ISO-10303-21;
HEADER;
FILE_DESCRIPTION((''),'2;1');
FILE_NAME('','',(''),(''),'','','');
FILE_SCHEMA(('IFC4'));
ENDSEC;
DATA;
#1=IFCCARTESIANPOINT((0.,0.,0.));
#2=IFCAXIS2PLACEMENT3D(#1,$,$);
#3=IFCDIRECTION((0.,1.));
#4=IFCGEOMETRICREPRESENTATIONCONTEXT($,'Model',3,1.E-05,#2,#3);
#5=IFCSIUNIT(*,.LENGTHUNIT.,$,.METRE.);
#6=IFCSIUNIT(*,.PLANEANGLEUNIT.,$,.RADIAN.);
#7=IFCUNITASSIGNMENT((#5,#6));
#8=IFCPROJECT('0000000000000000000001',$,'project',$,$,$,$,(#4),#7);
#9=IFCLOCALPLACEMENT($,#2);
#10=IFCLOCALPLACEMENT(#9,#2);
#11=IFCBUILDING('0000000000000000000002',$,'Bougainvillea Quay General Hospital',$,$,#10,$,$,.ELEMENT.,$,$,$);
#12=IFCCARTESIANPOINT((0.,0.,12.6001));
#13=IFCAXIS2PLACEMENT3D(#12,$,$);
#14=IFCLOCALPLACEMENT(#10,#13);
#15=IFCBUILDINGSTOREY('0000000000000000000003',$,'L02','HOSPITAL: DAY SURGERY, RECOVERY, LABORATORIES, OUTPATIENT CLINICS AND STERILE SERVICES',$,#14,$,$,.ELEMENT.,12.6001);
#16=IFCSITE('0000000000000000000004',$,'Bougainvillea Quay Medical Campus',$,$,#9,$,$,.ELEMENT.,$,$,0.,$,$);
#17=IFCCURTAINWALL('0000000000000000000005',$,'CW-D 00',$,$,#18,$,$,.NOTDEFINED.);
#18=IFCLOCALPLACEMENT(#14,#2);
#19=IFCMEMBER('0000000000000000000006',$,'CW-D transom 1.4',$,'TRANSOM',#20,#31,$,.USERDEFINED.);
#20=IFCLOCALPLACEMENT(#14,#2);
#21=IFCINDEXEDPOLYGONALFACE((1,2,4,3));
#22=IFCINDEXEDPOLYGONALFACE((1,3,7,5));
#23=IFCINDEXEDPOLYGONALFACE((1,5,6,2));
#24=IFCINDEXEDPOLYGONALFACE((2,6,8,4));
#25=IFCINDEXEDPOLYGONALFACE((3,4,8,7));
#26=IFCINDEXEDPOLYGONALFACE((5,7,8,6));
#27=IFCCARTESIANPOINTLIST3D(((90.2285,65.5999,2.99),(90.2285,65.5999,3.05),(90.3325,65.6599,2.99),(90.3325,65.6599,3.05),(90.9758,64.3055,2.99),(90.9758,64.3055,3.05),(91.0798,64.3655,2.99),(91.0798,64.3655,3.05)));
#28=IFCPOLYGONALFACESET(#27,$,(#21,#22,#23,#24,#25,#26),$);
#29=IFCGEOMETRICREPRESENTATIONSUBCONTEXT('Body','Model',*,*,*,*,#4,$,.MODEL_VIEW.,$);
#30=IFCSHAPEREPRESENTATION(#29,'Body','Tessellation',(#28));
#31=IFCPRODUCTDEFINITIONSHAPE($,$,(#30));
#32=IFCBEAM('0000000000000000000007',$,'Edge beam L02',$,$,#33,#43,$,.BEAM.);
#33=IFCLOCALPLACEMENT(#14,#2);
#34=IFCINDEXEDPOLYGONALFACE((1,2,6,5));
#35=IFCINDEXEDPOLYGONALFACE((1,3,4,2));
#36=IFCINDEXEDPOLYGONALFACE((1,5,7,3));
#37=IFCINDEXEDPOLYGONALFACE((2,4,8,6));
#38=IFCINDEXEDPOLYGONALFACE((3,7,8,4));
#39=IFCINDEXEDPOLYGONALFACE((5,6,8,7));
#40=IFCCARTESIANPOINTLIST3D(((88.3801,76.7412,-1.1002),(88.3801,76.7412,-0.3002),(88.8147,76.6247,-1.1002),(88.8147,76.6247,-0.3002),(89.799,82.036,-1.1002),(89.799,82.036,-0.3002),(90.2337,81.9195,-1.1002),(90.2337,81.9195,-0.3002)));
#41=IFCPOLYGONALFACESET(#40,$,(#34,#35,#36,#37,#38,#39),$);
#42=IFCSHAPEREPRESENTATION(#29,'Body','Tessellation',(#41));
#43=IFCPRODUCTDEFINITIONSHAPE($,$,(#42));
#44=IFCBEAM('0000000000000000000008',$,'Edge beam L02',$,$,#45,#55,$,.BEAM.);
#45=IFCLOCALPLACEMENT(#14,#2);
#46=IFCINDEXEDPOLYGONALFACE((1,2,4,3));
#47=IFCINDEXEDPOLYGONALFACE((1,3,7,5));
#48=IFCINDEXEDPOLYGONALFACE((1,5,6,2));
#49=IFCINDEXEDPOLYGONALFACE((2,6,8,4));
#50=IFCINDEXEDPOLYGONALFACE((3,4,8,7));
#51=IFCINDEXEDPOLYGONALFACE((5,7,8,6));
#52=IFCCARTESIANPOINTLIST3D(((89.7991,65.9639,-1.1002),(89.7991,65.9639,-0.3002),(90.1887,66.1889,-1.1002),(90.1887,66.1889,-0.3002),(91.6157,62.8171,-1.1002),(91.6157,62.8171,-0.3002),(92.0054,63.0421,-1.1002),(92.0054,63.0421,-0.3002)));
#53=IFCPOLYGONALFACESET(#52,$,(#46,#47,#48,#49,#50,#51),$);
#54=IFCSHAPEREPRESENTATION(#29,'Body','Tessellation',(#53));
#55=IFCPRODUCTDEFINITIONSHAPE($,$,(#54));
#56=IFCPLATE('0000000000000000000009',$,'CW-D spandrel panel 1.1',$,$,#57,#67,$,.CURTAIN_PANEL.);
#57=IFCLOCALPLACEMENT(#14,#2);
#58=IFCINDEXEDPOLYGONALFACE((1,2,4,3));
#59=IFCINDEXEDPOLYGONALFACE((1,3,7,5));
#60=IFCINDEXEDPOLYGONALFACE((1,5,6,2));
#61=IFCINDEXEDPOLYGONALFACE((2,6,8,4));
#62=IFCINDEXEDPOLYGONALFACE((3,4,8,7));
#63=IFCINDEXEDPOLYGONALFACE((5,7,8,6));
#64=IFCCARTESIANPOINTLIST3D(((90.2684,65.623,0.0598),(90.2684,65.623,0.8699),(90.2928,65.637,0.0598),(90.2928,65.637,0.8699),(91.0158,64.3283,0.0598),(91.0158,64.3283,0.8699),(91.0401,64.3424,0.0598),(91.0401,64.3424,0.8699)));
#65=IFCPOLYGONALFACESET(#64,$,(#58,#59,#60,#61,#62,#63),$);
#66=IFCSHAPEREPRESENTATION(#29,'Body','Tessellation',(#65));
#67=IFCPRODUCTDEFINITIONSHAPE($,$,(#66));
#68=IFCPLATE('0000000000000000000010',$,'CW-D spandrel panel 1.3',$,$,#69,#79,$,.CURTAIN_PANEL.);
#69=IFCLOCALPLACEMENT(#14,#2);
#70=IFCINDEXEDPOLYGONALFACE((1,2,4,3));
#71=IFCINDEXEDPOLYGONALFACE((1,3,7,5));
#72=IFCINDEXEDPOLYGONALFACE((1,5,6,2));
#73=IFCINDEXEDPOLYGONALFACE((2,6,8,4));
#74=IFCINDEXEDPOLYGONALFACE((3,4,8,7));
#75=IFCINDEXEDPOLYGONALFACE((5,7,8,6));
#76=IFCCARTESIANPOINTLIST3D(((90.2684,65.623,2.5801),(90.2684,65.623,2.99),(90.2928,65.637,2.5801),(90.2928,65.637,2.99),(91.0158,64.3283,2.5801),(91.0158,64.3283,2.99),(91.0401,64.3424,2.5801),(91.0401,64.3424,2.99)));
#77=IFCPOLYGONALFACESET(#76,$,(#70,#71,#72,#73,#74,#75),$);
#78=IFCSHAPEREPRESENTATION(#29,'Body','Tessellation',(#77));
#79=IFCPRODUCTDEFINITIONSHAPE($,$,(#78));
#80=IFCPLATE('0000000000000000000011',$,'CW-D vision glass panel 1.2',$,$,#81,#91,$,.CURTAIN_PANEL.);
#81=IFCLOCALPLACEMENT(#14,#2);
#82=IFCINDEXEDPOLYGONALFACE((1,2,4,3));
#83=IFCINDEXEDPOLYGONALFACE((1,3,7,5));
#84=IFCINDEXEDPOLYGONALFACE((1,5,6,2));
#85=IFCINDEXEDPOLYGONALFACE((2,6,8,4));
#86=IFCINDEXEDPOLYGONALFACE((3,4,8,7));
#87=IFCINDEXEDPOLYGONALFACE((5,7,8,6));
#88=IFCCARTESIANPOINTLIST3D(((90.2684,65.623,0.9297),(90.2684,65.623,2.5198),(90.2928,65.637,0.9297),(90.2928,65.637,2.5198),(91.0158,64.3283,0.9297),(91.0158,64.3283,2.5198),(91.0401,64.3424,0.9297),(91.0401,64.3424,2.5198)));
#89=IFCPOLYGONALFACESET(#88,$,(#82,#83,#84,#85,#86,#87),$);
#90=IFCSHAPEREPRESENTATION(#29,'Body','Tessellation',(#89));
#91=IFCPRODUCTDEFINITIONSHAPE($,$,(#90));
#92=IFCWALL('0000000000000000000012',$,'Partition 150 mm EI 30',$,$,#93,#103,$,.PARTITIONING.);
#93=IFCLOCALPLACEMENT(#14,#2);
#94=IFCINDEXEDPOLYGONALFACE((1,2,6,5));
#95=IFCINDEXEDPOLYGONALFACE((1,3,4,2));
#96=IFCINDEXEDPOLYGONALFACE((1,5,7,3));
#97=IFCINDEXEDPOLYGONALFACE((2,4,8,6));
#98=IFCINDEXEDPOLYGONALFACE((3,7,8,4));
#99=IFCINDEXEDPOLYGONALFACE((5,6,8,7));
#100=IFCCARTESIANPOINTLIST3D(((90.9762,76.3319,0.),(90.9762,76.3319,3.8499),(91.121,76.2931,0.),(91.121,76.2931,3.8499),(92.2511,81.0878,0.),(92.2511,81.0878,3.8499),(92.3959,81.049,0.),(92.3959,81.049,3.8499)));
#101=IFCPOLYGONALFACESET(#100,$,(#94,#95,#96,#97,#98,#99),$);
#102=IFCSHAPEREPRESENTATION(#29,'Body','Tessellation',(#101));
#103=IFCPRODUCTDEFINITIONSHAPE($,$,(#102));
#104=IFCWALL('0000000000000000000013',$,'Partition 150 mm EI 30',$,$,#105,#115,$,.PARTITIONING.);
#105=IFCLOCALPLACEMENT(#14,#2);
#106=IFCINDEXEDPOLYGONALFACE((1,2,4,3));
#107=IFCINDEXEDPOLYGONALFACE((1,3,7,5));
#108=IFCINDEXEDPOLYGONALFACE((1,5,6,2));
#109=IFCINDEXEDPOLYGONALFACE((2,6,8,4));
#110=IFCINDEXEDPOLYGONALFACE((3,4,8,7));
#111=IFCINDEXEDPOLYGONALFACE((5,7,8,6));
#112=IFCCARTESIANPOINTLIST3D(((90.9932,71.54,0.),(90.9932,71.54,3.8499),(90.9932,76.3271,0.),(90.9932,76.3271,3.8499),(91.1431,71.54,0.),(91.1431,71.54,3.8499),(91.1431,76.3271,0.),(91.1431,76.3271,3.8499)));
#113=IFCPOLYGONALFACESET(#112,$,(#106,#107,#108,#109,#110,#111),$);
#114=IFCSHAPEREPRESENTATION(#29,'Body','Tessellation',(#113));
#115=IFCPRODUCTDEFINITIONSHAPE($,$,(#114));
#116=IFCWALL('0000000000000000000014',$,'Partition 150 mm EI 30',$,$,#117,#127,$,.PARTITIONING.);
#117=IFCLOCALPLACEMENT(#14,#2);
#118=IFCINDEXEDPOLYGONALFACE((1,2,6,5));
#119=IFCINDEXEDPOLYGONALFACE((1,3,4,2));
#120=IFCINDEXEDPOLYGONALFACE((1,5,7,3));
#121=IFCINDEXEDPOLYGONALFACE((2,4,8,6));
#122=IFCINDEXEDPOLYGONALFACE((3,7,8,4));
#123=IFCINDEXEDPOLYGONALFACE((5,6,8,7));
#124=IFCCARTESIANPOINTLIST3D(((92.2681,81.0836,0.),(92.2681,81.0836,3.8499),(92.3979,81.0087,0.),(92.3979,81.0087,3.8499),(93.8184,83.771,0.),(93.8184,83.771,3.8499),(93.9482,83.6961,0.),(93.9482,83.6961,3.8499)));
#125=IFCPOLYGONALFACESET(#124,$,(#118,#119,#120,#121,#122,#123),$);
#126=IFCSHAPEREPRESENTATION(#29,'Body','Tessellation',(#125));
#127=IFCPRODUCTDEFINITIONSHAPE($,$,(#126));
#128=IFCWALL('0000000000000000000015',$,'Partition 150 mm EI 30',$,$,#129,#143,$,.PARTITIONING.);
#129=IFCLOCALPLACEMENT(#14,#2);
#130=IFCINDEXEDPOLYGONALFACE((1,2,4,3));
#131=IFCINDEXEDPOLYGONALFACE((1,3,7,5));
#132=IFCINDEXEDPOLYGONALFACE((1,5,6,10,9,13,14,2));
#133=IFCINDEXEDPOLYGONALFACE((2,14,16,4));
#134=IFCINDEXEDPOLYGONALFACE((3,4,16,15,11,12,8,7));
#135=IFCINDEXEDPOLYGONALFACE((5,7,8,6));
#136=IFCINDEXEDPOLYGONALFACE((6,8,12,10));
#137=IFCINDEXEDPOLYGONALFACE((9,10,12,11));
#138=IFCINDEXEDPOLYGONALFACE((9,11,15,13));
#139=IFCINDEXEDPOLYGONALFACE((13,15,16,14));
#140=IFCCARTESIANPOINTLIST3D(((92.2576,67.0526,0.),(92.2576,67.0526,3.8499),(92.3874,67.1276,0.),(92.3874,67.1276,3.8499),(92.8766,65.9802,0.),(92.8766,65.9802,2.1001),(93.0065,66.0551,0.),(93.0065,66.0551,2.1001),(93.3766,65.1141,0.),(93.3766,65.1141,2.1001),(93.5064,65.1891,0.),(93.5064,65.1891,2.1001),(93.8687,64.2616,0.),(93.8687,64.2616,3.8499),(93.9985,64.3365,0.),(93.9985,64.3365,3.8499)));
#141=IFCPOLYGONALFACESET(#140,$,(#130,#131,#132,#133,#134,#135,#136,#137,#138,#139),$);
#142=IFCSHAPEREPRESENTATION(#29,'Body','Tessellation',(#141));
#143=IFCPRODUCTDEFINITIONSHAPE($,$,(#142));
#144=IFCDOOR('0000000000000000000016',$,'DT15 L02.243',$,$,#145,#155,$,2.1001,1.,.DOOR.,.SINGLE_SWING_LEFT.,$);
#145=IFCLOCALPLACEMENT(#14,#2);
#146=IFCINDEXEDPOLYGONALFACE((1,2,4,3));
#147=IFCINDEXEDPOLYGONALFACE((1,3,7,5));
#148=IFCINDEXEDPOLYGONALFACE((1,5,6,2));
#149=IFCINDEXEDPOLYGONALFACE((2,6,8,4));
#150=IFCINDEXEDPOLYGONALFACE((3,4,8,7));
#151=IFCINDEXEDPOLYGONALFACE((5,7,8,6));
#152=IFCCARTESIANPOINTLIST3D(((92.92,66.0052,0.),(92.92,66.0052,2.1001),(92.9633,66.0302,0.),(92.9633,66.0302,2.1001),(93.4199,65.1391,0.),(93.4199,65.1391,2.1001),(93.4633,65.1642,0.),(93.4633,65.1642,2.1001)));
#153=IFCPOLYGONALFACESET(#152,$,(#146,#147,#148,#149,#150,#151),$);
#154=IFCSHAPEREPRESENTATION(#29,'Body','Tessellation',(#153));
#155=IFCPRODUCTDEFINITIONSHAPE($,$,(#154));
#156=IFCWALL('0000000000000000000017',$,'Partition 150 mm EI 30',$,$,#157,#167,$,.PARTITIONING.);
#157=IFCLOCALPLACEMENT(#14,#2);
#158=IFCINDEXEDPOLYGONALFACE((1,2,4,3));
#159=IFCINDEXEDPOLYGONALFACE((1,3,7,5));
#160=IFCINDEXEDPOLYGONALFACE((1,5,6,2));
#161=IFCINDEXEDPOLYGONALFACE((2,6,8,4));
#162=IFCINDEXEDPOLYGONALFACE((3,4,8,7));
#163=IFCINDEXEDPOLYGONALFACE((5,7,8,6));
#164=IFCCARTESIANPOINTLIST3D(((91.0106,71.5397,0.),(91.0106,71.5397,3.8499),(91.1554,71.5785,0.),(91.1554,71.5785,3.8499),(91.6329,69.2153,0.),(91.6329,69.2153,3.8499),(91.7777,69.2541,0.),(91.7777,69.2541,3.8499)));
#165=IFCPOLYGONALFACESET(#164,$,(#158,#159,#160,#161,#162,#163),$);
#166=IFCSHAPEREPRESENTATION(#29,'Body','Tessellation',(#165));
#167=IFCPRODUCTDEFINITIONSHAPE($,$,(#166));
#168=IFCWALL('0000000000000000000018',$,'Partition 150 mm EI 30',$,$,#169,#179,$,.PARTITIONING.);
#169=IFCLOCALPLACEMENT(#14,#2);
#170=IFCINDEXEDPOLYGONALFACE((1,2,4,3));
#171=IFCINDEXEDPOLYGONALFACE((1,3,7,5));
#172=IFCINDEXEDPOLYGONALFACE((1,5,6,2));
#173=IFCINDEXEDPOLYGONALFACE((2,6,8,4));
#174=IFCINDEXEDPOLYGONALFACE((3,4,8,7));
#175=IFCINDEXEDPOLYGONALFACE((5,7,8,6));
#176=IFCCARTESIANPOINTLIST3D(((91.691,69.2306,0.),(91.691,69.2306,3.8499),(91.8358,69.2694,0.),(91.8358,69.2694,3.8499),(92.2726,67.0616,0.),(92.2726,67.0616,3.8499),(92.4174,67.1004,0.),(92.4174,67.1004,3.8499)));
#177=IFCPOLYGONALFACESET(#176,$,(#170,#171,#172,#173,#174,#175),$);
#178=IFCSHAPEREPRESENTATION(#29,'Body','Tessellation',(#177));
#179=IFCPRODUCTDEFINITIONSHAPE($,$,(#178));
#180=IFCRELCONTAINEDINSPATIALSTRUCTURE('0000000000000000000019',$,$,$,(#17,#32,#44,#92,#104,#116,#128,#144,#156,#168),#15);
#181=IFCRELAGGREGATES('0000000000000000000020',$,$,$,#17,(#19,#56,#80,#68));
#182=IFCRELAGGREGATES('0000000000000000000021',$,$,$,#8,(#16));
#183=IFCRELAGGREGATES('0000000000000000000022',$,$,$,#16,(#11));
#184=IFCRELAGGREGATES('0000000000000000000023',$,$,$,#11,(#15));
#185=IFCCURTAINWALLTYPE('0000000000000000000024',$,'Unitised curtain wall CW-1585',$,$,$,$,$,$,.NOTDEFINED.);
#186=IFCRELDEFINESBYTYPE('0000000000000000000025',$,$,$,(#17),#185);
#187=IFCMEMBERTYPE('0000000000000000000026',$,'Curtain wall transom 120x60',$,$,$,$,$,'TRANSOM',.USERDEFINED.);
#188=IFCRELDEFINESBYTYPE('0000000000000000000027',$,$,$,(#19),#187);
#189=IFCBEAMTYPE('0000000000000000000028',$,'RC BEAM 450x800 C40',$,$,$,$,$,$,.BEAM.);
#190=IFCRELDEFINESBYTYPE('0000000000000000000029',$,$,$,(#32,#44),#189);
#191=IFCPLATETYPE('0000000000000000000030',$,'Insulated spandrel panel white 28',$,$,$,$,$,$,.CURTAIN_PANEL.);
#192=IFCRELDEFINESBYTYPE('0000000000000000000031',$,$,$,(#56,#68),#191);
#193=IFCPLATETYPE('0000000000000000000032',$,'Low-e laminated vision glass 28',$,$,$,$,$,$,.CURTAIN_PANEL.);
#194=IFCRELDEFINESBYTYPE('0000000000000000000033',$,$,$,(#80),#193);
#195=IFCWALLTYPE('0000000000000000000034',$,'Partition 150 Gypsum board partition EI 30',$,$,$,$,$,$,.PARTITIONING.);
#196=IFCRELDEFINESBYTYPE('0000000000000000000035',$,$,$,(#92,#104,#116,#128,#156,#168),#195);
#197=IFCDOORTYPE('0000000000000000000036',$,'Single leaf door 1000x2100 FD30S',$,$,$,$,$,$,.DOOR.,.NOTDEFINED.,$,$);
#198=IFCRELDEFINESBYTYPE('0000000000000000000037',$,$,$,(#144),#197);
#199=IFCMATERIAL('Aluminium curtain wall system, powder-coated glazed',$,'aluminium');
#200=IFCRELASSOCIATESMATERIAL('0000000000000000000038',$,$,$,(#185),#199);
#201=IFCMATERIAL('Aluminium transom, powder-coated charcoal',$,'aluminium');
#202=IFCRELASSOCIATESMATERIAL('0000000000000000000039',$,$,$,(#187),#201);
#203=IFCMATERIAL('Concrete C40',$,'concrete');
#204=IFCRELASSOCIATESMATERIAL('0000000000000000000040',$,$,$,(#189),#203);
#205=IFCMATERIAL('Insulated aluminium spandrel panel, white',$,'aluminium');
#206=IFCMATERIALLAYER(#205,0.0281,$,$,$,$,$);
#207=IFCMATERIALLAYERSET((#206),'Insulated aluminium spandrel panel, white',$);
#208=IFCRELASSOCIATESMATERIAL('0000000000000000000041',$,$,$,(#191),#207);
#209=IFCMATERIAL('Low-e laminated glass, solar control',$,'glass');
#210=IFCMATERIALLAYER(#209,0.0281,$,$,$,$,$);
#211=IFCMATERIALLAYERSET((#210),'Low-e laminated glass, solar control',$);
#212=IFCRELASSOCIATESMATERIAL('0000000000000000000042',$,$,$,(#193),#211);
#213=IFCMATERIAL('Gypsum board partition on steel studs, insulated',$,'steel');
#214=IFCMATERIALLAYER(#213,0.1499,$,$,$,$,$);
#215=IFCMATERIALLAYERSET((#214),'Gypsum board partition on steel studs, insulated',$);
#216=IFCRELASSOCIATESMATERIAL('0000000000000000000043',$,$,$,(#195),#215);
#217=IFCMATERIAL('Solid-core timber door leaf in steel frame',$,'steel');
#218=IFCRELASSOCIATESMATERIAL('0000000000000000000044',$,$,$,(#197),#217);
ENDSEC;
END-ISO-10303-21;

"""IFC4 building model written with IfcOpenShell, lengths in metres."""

from ifc_helpers import new_model, si_unit, direction, frame, frame_2d, origin, origin_2d, place, context, subcontext, project, spatial, rectangle, extrude, material, layer, layer_set, material_profile, profile_set, type_object, element, fill, aggregate, save


model = new_model("IFC4")

# Units and contexts
model_context = context("Model", 3, precision=1e-05, world=origin(), true_north=direction((0.0, 1.0)))
body_context = subcontext(model_context, "Body", "Model", "MODEL_VIEW")
ifc_project = project(units=[si_unit("LENGTHUNIT", "METRE"), si_unit("PLANEANGLEUNIT", "RADIAN")], contexts=[model_context])

# Site, building, storey
site_placement = place(None, origin())
site = spatial("IfcSite", under=ifc_project, at=site_placement, Name="Bougainvillea Quay Medical Campus", CompositionType="ELEMENT", RefElevation=0.0)
building_placement = place(site_placement, origin())
building = spatial("IfcBuilding", under=site, at=building_placement, Name="Bougainvillea Quay General Hospital", CompositionType="ELEMENT")
storey_placement = place(building_placement, frame((0.0, 0.0, 12.6001)))
storey = spatial("IfcBuildingStorey", under=building, at=storey_placement, Name="L02", Description="HOSPITAL: DAY SURGERY, RECOVERY, LABORATORIES, OUTPATIENT CLINICS AND STERILE SERVICES", CompositionType="ELEMENT", Elevation=12.6001)

# Shared definitions
ifc_material_1 = material(Name="Concrete C40", Category="concrete")

# Curtain wall
ifc_material_2 = material(Name="Aluminium curtain wall system, powder-coated glazed", Category="aluminium")
curtain_wall_type_1 = type_object("IfcCurtainWallType", Name="Unitised curtain wall CW-1585", PredefinedType="NOTDEFINED", material=ifc_material_2)
curtain_wall_1_placement = place(storey_placement, origin())
curtain_wall_1 = element("IfcCurtainWall", 1, at=curtain_wall_1_placement, inside=storey, type_object=curtain_wall_type_1, Name="CW-D 00", PredefinedType="NOTDEFINED")

# Member
ifc_material_3 = material(Name="Aluminium transom, powder-coated charcoal", Category="aluminium")
ifc_material_profile_1 = material_profile(ifc_material_3, rectangle(XDim=0.1201, YDim=0.0601, at=origin_2d()))
ifc_profile_set_1 = profile_set([ifc_material_profile_1], Name="Aluminium transom, powder-coated charcoal")
member_type_1 = type_object("IfcMemberType", Name="Curtain wall transom 120x60", ElementType="TRANSOM", PredefinedType="USERDEFINED", material=ifc_profile_set_1)
member_1_placement = place(storey_placement, frame((90.2805, 65.6299, 3.02), z_axis=(0.499986, -0.866033, 0.0), x_axis=(0.866033, 0.499986, 0.0)))
member_1 = element("IfcMember", 2, at=member_1_placement, type_object=member_type_1, Name="CW-D transom 1.4", ObjectType="TRANSOM", PredefinedType="USERDEFINED", context=body_context, shape_type="SweptSolid", body=[
    extrude(rectangle(XDim=0.1201, YDim=0.0601, at=origin_2d()), origin(), (0.0, 0.0, 1.0), 1.4946),
])

# Beams
ifc_material_profile_2 = material_profile(ifc_material_1, rectangle(XDim=0.45, YDim=0.8, at=origin_2d()))
ifc_profile_set_2 = profile_set([ifc_material_profile_2], Name="Concrete C40")
beam_type = type_object("IfcBeamType", Name="RC BEAM 450x800 C40", PredefinedType="BEAM", material=ifc_profile_set_2)
beam_1_placement = place(storey_placement, frame((90.0164, 81.9778, -0.7002), z_axis=(-0.258849, -0.965918, 0.0), x_axis=(0.965918, -0.258849, 0.0)))
element("IfcBeam", 3, at=beam_1_placement, inside=storey, type_object=beam_type, Name="Edge beam L02", PredefinedType="BEAM", context=body_context, shape_type="SweptSolid", body=[
    extrude(rectangle(XDim=0.45, YDim=0.8, at=origin_2d()), origin(), (0.0, 0.0, 1.0), 5.4817),
])
beam_2_placement = place(storey_placement, frame((89.9939, 66.0764, -0.7002), z_axis=(0.499976, -0.866039, 0.0), x_axis=(0.866039, 0.499976, 0.0)))
element("IfcBeam", 4, at=beam_2_placement, inside=storey, type_object=beam_type, Name="Edge beam L02", PredefinedType="BEAM", context=body_context, shape_type="SweptSolid", body=[
    extrude(rectangle(XDim=0.45, YDim=0.8, at=origin_2d()), origin(), (0.0, 0.0, 1.0), 3.6335),
])

# Plates
ifc_material_4 = material(Name="Insulated aluminium spandrel panel, white", Category="aluminium")
ifc_layer_1 = layer(ifc_material_4, 0.0281)
ifc_layer_set_1 = layer_set([ifc_layer_1], Name="Insulated aluminium spandrel panel, white")
plate_type_1 = type_object("IfcPlateType", Name="Insulated spandrel panel white 28", PredefinedType="CURTAIN_PANEL", material=ifc_layer_set_1)
plate_1_placement = place(storey_placement, frame((90.6543, 64.9827, 0.0598), z_axis=(0.0, 0.0, 1.0), x_axis=(0.499965, -0.866046, 0.0)))
plate_1 = element("IfcPlate", 5, at=plate_1_placement, type_object=plate_type_1, Name="CW-D spandrel panel 1.1", PredefinedType="CURTAIN_PANEL", context=body_context, shape_type="SweptSolid", body=[
    extrude(rectangle(XDim=1.4949, YDim=0.0281, at=origin_2d()), origin(), (0.0, 0.0, 1.0), 0.8101),
])
plate_2_placement = place(storey_placement, frame((90.6543, 64.9827, 2.5801), z_axis=(0.0, 0.0, 1.0), x_axis=(0.499965, -0.866046, 0.0)))
plate_2 = element("IfcPlate", 6, at=plate_2_placement, type_object=plate_type_1, Name="CW-D spandrel panel 1.3", PredefinedType="CURTAIN_PANEL", context=body_context, shape_type="SweptSolid", body=[
    extrude(rectangle(XDim=1.4949, YDim=0.0281, at=origin_2d()), origin(), (0.0, 0.0, 1.0), 0.4099),
])
ifc_material_5 = material(Name="Low-e laminated glass, solar control", Category="glass")
ifc_layer_2 = layer(ifc_material_5, 0.0281)
ifc_layer_set_2 = layer_set([ifc_layer_2], Name="Low-e laminated glass, solar control")
plate_type_2 = type_object("IfcPlateType", Name="Low-e laminated vision glass 28", PredefinedType="CURTAIN_PANEL", material=ifc_layer_set_2)
plate_3_placement = place(storey_placement, frame((90.6543, 64.9827, 0.9297), z_axis=(0.0, 0.0, 1.0), x_axis=(0.499965, -0.866046, 0.0)))
plate_3 = element("IfcPlate", 7, at=plate_3_placement, type_object=plate_type_2, Name="CW-D vision glass panel 1.2", PredefinedType="CURTAIN_PANEL", context=body_context, shape_type="SweptSolid", body=[
    extrude(rectangle(XDim=1.4949, YDim=0.0281, at=origin_2d()), origin(), (0.0, 0.0, 1.0), 1.5901),
])
aggregate(curtain_wall_1, [member_1, plate_1, plate_3, plate_2])

# Walls
ifc_material_6 = material(Name="Gypsum board partition on steel studs, insulated", Category="steel")
ifc_layer_3 = layer(ifc_material_6, 0.1499)
ifc_layer_set_3 = layer_set([ifc_layer_3], Name="Gypsum board partition on steel studs, insulated")
wall_type_1 = type_object("IfcWallType", Name="Partition 150 Gypsum board partition EI 30", PredefinedType="PARTITIONING", material=ifc_layer_set_3)
wall_1_placement = place(storey_placement, frame((91.0486, 76.3125, 0.0), z_axis=(0.0, 0.0, 1.0), x_axis=(0.258928, 0.965897, 0.0)))
element("IfcWall", 8, at=wall_1_placement, inside=storey, type_object=wall_type_1, Name="Partition 150 mm EI 30", PredefinedType="PARTITIONING", context=body_context, shape_type="SweptSolid", body=[
    extrude(rectangle(XDim=4.9238, YDim=0.1499, at=frame_2d((2.4619, 0.0))), origin(), (0.0, 0.0, 1.0), 3.8499),
])
wall_2_placement = place(storey_placement, frame((91.0681, 71.54, 0.0), z_axis=(0.0, 0.0, 1.0), x_axis=(0.0, 1.0, 0.0)))
element("IfcWall", 9, at=wall_2_placement, inside=storey, type_object=wall_type_1, Name="Partition 150 mm EI 30", PredefinedType="PARTITIONING", context=body_context, shape_type="SweptSolid", body=[
    extrude(rectangle(XDim=4.7871, YDim=0.1499, at=frame_2d((2.3936, 0.0))), origin(), (0.0, 0.0, 1.0), 3.8499),
])
wall_3_placement = place(storey_placement, frame((92.333, 81.0461, 0.0), z_axis=(0.0, 0.0, 1.0), x_axis=(0.499677, 0.866212, 0.0)))
element("IfcWall", 10, at=wall_3_placement, inside=storey, type_object=wall_type_1, Name="Partition 150 mm EI 30", PredefinedType="PARTITIONING", context=body_context, shape_type="SweptSolid", body=[
    extrude(rectangle(XDim=3.1025, YDim=0.1499, at=frame_2d((1.5513, 0.0))), origin(), (0.0, 0.0, 1.0), 3.8499),
])

# Wall, opening, door
wall_4_placement = place(storey_placement, frame((92.3225, 67.0901, 0.0), z_axis=(0.0, 0.0, 1.0), x_axis=(0.499928, -0.866067, 0.0)))
wall_4 = element("IfcWall", 11, at=wall_4_placement, inside=storey, type_object=wall_type_1, Name="Partition 150 mm EI 30", PredefinedType="PARTITIONING", context=body_context, shape_type="SweptSolid", body=[
    extrude(rectangle(XDim=3.2227, YDim=0.1499, at=frame_2d((1.6113, 0.0))), origin(), (0.0, 0.0, 1.0), 3.8499),
])
opening_placement = place(wall_4_placement, frame((1.2383, 0.0, 0.0)))
opening = element("IfcOpeningElement", 12, at=opening_placement, cuts=wall_4, PredefinedType="OPENING", context=body_context, shape_type="SweptSolid", body=[
    extrude(rectangle(XDim=1.0, YDim=2.1001, at=frame_2d((0.5, 1.05))), frame((0.0, 0.085, 0.0), z_axis=(0.0, -1.0, 0.0), x_axis=(1.0, 0.0, 0.0)), (0.0, 0.0, 1.0), 0.1699),
])
ifc_material_7 = material(Name="Solid-core timber door leaf in steel frame", Category="steel")
door_type = type_object("IfcDoorType", Name="Single leaf door 1000x2100 FD30S", OperationType="NOTDEFINED", PredefinedType="DOOR", material=ifc_material_7)
door_placement = place(opening_placement, frame((1.0, 0.0, 0.0), z_axis=(0.0, 0.0, 1.0), x_axis=(-1.0, 0.0, 0.0)))
door = element("IfcDoor", 13, at=door_placement, inside=storey, type_object=door_type, Name="DT15 L02.243", OperationType="SINGLE_SWING_LEFT", OverallHeight=2.1001, OverallWidth=1.0, PredefinedType="DOOR", context=body_context, shape_type="SweptSolid", body=[
    extrude(rectangle(XDim=1.0, YDim=2.1001, at=frame_2d((0.5, 1.05))), frame((0.0, 0.0249, 0.0), z_axis=(0.0, -1.0, 0.0), x_axis=(1.0, 0.0, 0.0)), (0.0, 0.0, 1.0), 0.05),
])
fill(opening, door)

# Walls
wall_5_placement = place(storey_placement, frame((91.083, 71.5591, 0.0), z_axis=(0.0, 0.0, 1.0), x_axis=(0.258616, -0.96598, 0.0)))
element("IfcWall", 14, at=wall_5_placement, inside=storey, type_object=wall_type_1, Name="Partition 150 mm EI 30", PredefinedType="PARTITIONING", context=body_context, shape_type="SweptSolid", body=[
    extrude(rectangle(XDim=2.4062, YDim=0.1499, at=frame_2d((1.2031, 0.0))), origin(), (0.0, 0.0, 1.0), 3.8499),
])
wall_6_placement = place(storey_placement, frame((91.7634, 69.25, 0.0), z_axis=(0.0, 0.0, 1.0), x_axis=(0.258975, -0.965884, 0.0)))
element("IfcWall", 15, at=wall_6_placement, inside=storey, type_object=wall_type_1, Name="Partition 150 mm EI 30", PredefinedType="PARTITIONING", context=body_context, shape_type="SweptSolid", body=[
    extrude(rectangle(XDim=2.2456, YDim=0.1499, at=frame_2d((1.1228, 0.0))), origin(), (0.0, 0.0, 1.0), 3.8499),
])

save(model, "model.ifc")
